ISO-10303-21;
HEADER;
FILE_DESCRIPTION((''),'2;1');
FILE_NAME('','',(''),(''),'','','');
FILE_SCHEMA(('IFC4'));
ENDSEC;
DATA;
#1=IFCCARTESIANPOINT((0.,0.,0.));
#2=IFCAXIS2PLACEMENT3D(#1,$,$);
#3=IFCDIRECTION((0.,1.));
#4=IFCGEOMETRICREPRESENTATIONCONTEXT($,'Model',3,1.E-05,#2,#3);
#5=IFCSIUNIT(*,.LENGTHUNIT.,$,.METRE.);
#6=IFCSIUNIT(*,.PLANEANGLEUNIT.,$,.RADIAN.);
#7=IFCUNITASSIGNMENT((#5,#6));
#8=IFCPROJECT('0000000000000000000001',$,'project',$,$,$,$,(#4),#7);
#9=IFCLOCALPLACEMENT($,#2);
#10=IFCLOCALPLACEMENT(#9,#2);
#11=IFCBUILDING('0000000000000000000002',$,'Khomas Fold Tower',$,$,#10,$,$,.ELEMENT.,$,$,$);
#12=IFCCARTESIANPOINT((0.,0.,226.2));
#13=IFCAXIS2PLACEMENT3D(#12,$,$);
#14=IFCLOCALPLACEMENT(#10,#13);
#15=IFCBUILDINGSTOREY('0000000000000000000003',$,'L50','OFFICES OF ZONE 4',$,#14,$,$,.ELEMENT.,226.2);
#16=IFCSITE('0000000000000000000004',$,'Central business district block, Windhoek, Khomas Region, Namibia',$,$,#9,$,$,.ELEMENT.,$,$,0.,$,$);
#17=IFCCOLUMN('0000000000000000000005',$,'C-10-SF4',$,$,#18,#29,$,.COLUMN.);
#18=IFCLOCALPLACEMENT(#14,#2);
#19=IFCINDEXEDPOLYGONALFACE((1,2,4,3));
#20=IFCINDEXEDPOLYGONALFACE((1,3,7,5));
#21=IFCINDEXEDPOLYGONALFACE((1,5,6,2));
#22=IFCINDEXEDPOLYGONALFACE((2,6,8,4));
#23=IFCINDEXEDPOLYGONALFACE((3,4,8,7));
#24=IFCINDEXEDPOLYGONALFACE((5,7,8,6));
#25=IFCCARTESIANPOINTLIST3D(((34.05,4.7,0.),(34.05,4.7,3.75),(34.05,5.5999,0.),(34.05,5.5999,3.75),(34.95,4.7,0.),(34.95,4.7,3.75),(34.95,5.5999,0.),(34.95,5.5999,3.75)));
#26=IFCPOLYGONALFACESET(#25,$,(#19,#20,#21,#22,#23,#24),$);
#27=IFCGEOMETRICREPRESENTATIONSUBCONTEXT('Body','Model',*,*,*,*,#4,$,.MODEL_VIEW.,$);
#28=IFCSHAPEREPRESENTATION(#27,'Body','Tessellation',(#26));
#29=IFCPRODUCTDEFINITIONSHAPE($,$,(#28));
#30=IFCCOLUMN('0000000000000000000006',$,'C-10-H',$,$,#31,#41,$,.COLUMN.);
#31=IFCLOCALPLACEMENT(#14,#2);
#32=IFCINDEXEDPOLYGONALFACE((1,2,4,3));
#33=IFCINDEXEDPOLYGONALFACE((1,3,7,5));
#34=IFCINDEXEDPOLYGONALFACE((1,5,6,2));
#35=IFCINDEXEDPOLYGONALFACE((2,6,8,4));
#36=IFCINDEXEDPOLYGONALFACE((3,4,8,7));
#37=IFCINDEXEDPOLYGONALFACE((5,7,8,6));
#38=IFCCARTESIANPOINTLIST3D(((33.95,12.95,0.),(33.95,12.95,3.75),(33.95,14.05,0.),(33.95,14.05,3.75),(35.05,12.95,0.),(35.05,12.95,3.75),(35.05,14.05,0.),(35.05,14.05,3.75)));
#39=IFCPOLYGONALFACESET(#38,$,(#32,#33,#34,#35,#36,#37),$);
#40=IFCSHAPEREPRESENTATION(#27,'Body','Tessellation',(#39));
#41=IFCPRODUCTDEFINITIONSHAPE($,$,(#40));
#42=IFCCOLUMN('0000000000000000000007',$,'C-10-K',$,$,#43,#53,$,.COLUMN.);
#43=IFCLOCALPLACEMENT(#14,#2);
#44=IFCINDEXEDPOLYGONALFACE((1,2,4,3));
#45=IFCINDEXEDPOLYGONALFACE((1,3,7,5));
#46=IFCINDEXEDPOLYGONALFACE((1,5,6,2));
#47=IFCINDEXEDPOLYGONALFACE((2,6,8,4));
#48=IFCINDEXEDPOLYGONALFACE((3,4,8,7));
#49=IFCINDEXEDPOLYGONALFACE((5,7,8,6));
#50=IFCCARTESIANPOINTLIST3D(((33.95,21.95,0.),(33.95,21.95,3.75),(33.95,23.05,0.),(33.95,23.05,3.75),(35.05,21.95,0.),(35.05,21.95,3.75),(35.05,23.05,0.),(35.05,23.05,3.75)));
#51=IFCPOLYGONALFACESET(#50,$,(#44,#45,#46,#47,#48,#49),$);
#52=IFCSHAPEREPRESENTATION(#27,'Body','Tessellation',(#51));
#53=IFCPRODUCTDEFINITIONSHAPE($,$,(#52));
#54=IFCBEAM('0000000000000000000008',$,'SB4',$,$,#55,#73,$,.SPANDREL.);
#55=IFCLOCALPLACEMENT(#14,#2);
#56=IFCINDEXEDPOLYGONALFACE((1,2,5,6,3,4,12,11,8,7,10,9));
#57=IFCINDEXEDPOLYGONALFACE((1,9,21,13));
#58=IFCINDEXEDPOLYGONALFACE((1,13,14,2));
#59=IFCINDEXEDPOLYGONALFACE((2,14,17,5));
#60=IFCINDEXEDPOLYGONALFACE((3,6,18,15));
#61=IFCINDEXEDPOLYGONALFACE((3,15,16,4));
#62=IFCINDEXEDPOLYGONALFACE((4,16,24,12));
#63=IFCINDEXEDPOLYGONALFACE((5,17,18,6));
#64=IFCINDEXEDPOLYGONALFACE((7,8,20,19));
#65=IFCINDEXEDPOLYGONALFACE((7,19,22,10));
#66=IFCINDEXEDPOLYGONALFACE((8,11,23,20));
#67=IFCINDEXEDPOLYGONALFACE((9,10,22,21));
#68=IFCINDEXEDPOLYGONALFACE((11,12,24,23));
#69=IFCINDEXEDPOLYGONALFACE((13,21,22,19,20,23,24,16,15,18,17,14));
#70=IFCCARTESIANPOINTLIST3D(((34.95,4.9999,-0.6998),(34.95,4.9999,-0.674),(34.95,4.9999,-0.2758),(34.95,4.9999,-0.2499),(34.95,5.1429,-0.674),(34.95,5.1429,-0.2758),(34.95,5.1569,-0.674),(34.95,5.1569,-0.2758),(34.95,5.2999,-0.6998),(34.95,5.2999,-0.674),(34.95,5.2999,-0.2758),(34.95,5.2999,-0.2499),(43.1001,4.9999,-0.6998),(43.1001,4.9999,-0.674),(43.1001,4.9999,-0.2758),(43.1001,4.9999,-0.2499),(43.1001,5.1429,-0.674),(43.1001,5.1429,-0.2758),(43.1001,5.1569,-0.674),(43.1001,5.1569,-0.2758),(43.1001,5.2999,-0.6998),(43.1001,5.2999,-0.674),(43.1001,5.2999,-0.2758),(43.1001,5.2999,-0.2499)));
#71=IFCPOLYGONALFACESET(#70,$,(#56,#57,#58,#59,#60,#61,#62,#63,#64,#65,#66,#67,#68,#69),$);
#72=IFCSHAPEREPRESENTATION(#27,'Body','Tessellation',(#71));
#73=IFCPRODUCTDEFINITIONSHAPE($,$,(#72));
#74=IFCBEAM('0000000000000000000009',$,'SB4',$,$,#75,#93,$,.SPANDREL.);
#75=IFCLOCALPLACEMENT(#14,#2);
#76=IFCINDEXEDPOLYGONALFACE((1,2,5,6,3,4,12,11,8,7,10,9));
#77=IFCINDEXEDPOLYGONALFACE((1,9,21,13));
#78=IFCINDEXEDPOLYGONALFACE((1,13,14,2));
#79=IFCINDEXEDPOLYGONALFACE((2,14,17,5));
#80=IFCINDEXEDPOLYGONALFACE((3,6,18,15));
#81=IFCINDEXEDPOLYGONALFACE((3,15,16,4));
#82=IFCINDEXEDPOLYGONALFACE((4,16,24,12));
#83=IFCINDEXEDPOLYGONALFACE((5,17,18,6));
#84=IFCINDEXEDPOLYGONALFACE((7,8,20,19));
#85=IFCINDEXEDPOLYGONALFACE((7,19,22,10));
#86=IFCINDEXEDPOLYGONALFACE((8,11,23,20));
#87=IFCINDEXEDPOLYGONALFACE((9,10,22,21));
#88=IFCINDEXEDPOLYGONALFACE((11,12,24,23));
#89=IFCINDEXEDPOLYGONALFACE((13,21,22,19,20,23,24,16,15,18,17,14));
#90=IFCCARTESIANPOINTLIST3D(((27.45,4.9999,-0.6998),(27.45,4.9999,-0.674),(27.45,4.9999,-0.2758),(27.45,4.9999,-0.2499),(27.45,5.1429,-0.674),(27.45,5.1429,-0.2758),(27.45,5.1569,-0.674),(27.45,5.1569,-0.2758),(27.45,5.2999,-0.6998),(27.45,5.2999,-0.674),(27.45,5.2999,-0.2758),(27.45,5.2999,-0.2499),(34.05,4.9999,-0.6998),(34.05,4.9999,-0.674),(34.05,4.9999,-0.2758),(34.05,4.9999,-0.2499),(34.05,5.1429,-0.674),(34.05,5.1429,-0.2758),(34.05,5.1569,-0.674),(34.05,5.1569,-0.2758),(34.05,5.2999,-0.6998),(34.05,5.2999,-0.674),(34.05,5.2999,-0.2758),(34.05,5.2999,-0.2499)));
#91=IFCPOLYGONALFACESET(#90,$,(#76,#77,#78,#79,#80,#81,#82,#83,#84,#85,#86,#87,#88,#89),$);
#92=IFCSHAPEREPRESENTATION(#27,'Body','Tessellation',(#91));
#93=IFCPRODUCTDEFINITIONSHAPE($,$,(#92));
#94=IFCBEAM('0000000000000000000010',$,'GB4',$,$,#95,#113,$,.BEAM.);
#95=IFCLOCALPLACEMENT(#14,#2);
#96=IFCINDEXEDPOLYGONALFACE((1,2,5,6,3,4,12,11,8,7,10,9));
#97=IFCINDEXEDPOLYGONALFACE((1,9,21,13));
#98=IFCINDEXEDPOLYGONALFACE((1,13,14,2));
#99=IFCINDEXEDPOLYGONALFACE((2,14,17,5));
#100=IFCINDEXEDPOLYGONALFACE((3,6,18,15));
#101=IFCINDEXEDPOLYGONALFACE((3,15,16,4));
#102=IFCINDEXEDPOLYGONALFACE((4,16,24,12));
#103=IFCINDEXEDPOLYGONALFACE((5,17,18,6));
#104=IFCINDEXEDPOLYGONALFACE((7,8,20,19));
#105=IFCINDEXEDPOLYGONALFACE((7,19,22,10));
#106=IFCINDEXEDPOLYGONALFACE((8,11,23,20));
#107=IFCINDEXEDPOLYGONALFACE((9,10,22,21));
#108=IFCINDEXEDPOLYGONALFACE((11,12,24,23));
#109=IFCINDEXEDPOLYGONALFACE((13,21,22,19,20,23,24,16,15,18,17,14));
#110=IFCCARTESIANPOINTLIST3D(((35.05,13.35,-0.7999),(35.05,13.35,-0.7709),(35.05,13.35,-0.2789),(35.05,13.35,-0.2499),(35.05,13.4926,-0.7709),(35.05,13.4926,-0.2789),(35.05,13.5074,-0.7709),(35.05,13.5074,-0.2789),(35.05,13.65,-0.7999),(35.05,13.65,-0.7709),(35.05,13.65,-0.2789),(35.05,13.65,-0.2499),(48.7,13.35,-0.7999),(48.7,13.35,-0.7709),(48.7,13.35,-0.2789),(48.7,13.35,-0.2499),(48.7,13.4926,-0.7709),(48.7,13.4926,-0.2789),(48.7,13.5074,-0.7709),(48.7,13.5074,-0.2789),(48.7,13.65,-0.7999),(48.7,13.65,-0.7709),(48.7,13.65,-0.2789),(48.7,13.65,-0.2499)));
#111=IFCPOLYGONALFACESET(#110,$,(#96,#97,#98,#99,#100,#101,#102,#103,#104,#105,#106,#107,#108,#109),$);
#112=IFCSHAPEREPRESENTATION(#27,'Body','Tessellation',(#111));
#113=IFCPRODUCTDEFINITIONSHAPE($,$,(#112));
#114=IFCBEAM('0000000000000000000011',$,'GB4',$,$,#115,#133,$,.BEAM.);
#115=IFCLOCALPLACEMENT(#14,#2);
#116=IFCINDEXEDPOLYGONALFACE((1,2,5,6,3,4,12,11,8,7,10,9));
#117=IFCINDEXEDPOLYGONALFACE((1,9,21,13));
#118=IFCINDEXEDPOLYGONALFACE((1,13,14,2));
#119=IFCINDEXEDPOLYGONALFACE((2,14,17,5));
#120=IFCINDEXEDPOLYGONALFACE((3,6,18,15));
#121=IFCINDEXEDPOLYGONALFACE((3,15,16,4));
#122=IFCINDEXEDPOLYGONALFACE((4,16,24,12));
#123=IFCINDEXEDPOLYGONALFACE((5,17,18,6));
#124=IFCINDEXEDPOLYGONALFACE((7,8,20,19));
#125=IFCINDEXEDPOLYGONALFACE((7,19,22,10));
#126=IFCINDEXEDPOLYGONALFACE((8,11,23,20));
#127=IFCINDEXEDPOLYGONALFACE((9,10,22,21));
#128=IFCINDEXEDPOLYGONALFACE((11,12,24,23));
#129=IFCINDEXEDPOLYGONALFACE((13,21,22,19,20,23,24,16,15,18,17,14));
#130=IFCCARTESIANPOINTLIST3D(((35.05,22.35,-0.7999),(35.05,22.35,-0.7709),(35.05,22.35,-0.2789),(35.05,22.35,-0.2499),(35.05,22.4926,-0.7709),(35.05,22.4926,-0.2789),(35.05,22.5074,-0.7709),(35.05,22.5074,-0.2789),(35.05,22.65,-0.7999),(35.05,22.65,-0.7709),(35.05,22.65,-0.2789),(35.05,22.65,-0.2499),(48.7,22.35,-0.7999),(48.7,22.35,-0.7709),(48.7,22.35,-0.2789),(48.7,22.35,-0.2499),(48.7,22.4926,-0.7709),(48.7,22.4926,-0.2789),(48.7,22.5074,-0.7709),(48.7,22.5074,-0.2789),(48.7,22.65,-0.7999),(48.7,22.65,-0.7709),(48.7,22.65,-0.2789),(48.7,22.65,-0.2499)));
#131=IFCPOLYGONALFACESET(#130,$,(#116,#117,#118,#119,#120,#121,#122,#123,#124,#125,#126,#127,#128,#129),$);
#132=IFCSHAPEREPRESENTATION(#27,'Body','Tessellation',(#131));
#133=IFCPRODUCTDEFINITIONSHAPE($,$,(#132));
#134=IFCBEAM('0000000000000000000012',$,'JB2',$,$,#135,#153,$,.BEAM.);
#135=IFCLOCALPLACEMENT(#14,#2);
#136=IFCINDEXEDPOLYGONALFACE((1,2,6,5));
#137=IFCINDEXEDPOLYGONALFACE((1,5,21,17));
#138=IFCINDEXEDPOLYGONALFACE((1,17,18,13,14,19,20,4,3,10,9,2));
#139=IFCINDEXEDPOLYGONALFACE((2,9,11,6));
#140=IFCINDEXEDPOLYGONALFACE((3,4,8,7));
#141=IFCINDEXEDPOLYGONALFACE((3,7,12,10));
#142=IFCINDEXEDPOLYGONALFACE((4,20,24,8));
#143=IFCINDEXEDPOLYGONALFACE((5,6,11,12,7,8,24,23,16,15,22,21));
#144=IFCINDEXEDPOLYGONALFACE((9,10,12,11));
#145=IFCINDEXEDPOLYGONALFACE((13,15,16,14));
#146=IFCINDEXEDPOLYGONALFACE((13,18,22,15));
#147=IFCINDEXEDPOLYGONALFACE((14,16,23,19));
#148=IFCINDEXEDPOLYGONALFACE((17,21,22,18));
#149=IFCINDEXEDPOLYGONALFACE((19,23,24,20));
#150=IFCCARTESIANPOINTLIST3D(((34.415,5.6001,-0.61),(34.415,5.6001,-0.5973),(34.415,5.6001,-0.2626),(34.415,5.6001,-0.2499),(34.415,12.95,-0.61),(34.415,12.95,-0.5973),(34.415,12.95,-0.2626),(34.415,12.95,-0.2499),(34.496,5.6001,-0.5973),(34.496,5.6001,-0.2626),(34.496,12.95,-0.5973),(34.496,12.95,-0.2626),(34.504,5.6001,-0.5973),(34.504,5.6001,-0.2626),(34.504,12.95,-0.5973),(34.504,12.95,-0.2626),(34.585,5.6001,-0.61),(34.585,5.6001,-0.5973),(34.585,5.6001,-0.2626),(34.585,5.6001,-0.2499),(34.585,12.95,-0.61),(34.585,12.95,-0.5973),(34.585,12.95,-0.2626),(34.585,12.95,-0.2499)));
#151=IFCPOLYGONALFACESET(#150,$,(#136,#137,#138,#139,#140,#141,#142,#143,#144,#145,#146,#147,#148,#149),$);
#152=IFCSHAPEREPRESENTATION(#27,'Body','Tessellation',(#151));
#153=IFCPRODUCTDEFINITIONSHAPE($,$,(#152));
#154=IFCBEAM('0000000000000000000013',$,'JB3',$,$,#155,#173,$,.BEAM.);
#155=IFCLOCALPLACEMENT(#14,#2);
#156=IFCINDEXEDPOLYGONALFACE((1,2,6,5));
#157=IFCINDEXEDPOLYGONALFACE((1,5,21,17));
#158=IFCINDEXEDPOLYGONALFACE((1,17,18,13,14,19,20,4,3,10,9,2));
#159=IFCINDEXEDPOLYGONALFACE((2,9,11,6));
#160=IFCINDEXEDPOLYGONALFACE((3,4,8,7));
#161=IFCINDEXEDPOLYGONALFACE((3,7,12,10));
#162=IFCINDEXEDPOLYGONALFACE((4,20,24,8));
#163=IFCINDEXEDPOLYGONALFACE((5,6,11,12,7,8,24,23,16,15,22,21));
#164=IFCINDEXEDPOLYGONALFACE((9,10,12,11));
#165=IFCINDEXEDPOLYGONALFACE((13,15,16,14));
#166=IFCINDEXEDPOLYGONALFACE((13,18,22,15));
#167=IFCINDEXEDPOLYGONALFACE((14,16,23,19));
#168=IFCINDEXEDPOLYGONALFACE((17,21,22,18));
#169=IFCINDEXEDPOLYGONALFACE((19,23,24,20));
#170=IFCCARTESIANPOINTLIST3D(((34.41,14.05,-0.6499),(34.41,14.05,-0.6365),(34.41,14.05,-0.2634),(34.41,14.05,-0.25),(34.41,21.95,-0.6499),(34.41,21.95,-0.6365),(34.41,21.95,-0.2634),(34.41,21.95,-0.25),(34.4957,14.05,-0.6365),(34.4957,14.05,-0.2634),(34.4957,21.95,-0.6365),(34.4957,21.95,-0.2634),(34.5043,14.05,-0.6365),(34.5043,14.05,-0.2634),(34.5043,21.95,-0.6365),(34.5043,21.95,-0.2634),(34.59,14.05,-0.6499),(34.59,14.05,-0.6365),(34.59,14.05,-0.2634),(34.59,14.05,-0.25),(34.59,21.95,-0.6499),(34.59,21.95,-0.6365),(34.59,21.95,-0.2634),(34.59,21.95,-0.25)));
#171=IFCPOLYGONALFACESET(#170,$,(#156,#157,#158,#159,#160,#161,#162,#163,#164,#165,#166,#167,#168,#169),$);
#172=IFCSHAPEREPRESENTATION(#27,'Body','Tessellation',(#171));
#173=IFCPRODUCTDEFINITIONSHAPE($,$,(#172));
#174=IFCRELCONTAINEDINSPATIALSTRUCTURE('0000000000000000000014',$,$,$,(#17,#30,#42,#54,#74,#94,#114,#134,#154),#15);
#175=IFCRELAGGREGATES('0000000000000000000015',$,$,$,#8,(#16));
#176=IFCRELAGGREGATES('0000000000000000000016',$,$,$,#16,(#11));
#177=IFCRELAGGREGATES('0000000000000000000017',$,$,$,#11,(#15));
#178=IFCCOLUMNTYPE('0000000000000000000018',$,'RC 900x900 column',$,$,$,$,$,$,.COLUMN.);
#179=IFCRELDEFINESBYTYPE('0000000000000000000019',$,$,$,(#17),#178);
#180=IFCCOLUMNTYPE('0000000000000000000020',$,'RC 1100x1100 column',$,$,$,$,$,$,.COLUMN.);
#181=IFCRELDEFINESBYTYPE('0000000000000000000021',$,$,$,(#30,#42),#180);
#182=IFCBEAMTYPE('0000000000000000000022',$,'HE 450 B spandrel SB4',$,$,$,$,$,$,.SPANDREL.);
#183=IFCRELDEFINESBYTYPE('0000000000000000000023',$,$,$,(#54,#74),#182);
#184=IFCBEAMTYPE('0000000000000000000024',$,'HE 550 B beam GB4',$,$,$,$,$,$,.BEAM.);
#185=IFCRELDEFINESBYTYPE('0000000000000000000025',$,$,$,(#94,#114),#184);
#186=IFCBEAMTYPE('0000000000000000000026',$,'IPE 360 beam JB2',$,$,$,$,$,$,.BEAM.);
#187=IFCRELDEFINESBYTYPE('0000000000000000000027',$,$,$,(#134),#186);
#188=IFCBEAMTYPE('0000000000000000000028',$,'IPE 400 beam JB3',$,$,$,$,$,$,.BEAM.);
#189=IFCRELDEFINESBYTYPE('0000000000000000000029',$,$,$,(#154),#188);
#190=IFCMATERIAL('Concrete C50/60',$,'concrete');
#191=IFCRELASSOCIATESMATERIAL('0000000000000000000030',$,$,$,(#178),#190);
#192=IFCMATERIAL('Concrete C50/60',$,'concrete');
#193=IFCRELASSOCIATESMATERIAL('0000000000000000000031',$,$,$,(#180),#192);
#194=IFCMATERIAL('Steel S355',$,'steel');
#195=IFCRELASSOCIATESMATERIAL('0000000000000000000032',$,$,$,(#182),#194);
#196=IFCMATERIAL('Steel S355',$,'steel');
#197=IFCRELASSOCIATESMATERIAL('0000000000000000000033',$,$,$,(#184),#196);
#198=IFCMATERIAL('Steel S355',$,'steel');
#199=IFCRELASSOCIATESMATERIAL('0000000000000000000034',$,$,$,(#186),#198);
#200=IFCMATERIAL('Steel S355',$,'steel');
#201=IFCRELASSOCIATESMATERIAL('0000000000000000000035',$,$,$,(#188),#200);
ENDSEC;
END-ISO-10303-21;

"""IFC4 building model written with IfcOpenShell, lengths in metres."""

from ifc_helpers import new_model, si_unit, direction, frame, origin, origin_2d, place, context, subcontext, project, spatial, rectangle, i_section, extrude, source, transform, mapped, material, material_profile, profile_set, type_object, element, save


model = new_model("IFC4")

# Units and contexts
model_context = context("Model", 3, precision=1e-05, world=origin(), true_north=direction((0.0, 1.0)))
body_context = subcontext(model_context, "Body", "Model", "MODEL_VIEW")
ifc_project = project(units=[si_unit("LENGTHUNIT", "METRE"), si_unit("PLANEANGLEUNIT", "RADIAN")], contexts=[model_context])

# Site, building, storey
site_placement = place(None, origin())
site = spatial("IfcSite", under=ifc_project, at=site_placement, Name="Central business district block, Windhoek, Khomas Region, Namibia", CompositionType="ELEMENT", RefElevation=0.0)
building_placement = place(site_placement, origin())
building = spatial("IfcBuilding", under=site, at=building_placement, Name="Khomas Fold Tower", CompositionType="ELEMENT")
storey_placement = place(building_placement, frame((0.0, 0.0, 226.2)))
storey = spatial("IfcBuildingStorey", under=building, at=storey_placement, Name="L50", Description="OFFICES OF ZONE 4", CompositionType="ELEMENT", Elevation=226.2)

# Columns
ifc_material_1 = material(Name="Concrete C50/60", Category="concrete")
ifc_material_profile_1 = material_profile(ifc_material_1, rectangle(XDim=0.8999, YDim=0.8999, at=origin_2d()), Name="RC 900x900")
ifc_profile_set_1 = profile_set([ifc_material_profile_1], Name="Concrete C50/60")
column_type_1 = type_object("IfcColumnType", Name="RC 900x900 column", PredefinedType="COLUMN", material=ifc_profile_set_1)
shared_shape_1 = source(origin(), body_context, "Body", "SweptSolid", [
    extrude(rectangle(XDim=0.8999, YDim=0.8999, at=origin_2d()), origin(), (0.0, 0.0, 1.0), 3.75),
])
column_placement = place(storey_placement, frame((34.5, 5.1499, 0.0), z_axis=(0.0, 0.0, 1.0), x_axis=(1.0, 0.0, 0.0)))
element("IfcColumn", 1, at=column_placement, inside=storey, type_object=column_type_1, Name="C-10-SF4", PredefinedType="COLUMN", context=body_context, shape_type="MappedRepresentation", body=[
    mapped(shared_shape_1, transform((0.0, 0.0, 0.0))),
])
ifc_material_2 = material(Name="Concrete C50/60", Category="concrete")
ifc_material_profile_2 = material_profile(ifc_material_2, rectangle(XDim=1.1001, YDim=1.1001, at=origin_2d()), Name="RC 1100x1100")
ifc_profile_set_2 = profile_set([ifc_material_profile_2], Name="Concrete C50/60")
column_type_2 = type_object("IfcColumnType", Name="RC 1100x1100 column", PredefinedType="COLUMN", material=ifc_profile_set_2)
shared_shape_2 = source(origin(), body_context, "Body", "SweptSolid", [
    extrude(rectangle(XDim=1.1001, YDim=1.1001, at=origin_2d()), origin(), (0.0, 0.0, 1.0), 3.75),
])
for number, where, z_axis, x_axis, name in (
    (2, (34.5, 13.5, 0.0), (0.0, 0.0, 1.0), (1.0, 0.0, 0.0), "C-10-H"),
    (3, (34.5, 22.5, 0.0), (0.0, 0.0, 1.0), (1.0, 0.0, 0.0), "C-10-K"),
):
    element("IfcColumn", number, at=place(storey_placement, frame(where, z_axis=z_axis, x_axis=x_axis)), inside=storey, type_object=column_type_2, Name=name, PredefinedType="COLUMN", context=body_context, shape_type="MappedRepresentation", body=[
        mapped(shared_shape_2, transform((0.0, 0.0, 0.0))),
    ])

# Beams
ifc_material_3 = material(Name="Steel S355", Category="steel")
ifc_material_profile_3 = material_profile(ifc_material_3, i_section(OverallWidth=0.3, OverallDepth=0.45, WebThickness=0.0139, FlangeThickness=0.0259, at=origin_2d()), Name="HE 450 B")
ifc_profile_set_3 = profile_set([ifc_material_profile_3], Name="Steel S355")
beam_type_1 = type_object("IfcBeamType", Name="HE 450 B spandrel SB4", PredefinedType="SPANDREL", material=ifc_profile_set_3)
shared_shape_3 = source(origin(), body_context, "Body", "SweptSolid", [
    extrude(i_section(OverallWidth=0.3, OverallDepth=0.45, WebThickness=0.0139, FlangeThickness=0.0259, at=origin_2d()), origin(), (0.0, 0.0, 1.0), 8.1501),
])
beam_1_placement = place(storey_placement, frame((34.95, 5.1499, -0.4749), z_axis=(1.0, 0.0, 0.0), x_axis=(0.0, 1.0, 0.0)))
element("IfcBeam", 4, at=beam_1_placement, inside=storey, type_object=beam_type_1, Name="SB4", PredefinedType="SPANDREL", context=body_context, shape_type="MappedRepresentation", body=[
    mapped(shared_shape_3, transform((0.0, 0.0, 0.0))),
])
shared_shape_4 = source(origin(), body_context, "Body", "SweptSolid", [
    extrude(i_section(OverallWidth=0.3, OverallDepth=0.45, WebThickness=0.0139, FlangeThickness=0.0259, at=origin_2d()), origin(), (0.0, 0.0, 1.0), 6.6001),
])
beam_2_placement = place(storey_placement, frame((27.45, 5.1499, -0.4749), z_axis=(1.0, 0.0, 0.0), x_axis=(0.0, 1.0, 0.0)))
element("IfcBeam", 5, at=beam_2_placement, inside=storey, type_object=beam_type_1, Name="SB4", PredefinedType="SPANDREL", context=body_context, shape_type="MappedRepresentation", body=[
    mapped(shared_shape_4, transform((0.0, 0.0, 0.0))),
])
ifc_material_4 = material(Name="Steel S355", Category="steel")
ifc_material_profile_4 = material_profile(ifc_material_4, i_section(OverallWidth=0.3, OverallDepth=0.55, WebThickness=0.0149, FlangeThickness=0.0291, at=origin_2d()), Name="HE 550 B")
ifc_profile_set_4 = profile_set([ifc_material_profile_4], Name="Steel S355")
beam_type_2 = type_object("IfcBeamType", Name="HE 550 B beam GB4", PredefinedType="BEAM", material=ifc_profile_set_4)
shared_shape_5 = source(origin(), body_context, "Body", "SweptSolid", [
    extrude(i_section(OverallWidth=0.3, OverallDepth=0.55, WebThickness=0.0149, FlangeThickness=0.0291, at=origin_2d()), origin(), (0.0, 0.0, 1.0), 13.6499),
])
for number, where, z_axis, x_axis, name in (
    (6, (35.05, 13.5, -0.5249), (1.0, 0.0, 0.0), (0.0, 1.0, 0.0), "GB4"),
    (7, (35.05, 22.5, -0.5249), (1.0, 0.0, 0.0), (0.0, 1.0, 0.0), "GB4"),
):
    element("IfcBeam", number, at=place(storey_placement, frame(where, z_axis=z_axis, x_axis=x_axis)), inside=storey, type_object=beam_type_2, Name=name, PredefinedType="BEAM", context=body_context, shape_type="MappedRepresentation", body=[
        mapped(shared_shape_5, transform((0.0, 0.0, 0.0))),
    ])
ifc_material_5 = material(Name="Steel S355", Category="steel")
ifc_material_profile_5 = material_profile(ifc_material_5, i_section(OverallWidth=0.1699, OverallDepth=0.3601, WebThickness=0.0081, FlangeThickness=0.0127, at=origin_2d()), Name="IPE 360")
ifc_profile_set_5 = profile_set([ifc_material_profile_5], Name="Steel S355")
beam_type_3 = type_object("IfcBeamType", Name="IPE 360 beam JB2", PredefinedType="BEAM", material=ifc_profile_set_5)
shared_shape_6 = source(origin(), body_context, "Body", "SweptSolid", [
    extrude(i_section(OverallWidth=0.1699, OverallDepth=0.3601, WebThickness=0.0081, FlangeThickness=0.0127, at=origin_2d()), origin(), (0.0, 0.0, 1.0), 7.3499),
])
beam_3_placement = place(storey_placement, frame((34.5, 5.6001, -0.4299), z_axis=(0.0, 1.0, 0.0), x_axis=(-1.0, 0.0, 0.0)))
element("IfcBeam", 8, at=beam_3_placement, inside=storey, type_object=beam_type_3, Name="JB2", PredefinedType="BEAM", context=body_context, shape_type="MappedRepresentation", body=[
    mapped(shared_shape_6, transform((0.0, 0.0, 0.0))),
])
ifc_material_6 = material(Name="Steel S355", Category="steel")
ifc_material_profile_6 = material_profile(ifc_material_6, i_section(OverallWidth=0.1799, OverallDepth=0.3999, WebThickness=0.0085, FlangeThickness=0.0134, at=origin_2d()), Name="IPE 400")
ifc_profile_set_6 = profile_set([ifc_material_profile_6], Name="Steel S355")
beam_type_4 = type_object("IfcBeamType", Name="IPE 400 beam JB3", PredefinedType="BEAM", material=ifc_profile_set_6)
shared_shape_7 = source(origin(), body_context, "Body", "SweptSolid", [
    extrude(i_section(OverallWidth=0.1799, OverallDepth=0.3999, WebThickness=0.0085, FlangeThickness=0.0134, at=origin_2d()), origin(), (0.0, 0.0, 1.0), 7.8999),
])
for number, where, z_axis, x_axis, name in (
    (9, (34.5, 14.05, -0.45), (0.0, 1.0, 0.0), (-1.0, 0.0, 0.0), "JB3"),
):
    element("IfcBeam", number, at=place(storey_placement, frame(where, z_axis=z_axis, x_axis=x_axis)), inside=storey, type_object=beam_type_4, Name=name, PredefinedType="BEAM", context=body_context, shape_type="MappedRepresentation", body=[
        mapped(shared_shape_7, transform((0.0, 0.0, 0.0))),
    ])

save(model, "model.ifc")
